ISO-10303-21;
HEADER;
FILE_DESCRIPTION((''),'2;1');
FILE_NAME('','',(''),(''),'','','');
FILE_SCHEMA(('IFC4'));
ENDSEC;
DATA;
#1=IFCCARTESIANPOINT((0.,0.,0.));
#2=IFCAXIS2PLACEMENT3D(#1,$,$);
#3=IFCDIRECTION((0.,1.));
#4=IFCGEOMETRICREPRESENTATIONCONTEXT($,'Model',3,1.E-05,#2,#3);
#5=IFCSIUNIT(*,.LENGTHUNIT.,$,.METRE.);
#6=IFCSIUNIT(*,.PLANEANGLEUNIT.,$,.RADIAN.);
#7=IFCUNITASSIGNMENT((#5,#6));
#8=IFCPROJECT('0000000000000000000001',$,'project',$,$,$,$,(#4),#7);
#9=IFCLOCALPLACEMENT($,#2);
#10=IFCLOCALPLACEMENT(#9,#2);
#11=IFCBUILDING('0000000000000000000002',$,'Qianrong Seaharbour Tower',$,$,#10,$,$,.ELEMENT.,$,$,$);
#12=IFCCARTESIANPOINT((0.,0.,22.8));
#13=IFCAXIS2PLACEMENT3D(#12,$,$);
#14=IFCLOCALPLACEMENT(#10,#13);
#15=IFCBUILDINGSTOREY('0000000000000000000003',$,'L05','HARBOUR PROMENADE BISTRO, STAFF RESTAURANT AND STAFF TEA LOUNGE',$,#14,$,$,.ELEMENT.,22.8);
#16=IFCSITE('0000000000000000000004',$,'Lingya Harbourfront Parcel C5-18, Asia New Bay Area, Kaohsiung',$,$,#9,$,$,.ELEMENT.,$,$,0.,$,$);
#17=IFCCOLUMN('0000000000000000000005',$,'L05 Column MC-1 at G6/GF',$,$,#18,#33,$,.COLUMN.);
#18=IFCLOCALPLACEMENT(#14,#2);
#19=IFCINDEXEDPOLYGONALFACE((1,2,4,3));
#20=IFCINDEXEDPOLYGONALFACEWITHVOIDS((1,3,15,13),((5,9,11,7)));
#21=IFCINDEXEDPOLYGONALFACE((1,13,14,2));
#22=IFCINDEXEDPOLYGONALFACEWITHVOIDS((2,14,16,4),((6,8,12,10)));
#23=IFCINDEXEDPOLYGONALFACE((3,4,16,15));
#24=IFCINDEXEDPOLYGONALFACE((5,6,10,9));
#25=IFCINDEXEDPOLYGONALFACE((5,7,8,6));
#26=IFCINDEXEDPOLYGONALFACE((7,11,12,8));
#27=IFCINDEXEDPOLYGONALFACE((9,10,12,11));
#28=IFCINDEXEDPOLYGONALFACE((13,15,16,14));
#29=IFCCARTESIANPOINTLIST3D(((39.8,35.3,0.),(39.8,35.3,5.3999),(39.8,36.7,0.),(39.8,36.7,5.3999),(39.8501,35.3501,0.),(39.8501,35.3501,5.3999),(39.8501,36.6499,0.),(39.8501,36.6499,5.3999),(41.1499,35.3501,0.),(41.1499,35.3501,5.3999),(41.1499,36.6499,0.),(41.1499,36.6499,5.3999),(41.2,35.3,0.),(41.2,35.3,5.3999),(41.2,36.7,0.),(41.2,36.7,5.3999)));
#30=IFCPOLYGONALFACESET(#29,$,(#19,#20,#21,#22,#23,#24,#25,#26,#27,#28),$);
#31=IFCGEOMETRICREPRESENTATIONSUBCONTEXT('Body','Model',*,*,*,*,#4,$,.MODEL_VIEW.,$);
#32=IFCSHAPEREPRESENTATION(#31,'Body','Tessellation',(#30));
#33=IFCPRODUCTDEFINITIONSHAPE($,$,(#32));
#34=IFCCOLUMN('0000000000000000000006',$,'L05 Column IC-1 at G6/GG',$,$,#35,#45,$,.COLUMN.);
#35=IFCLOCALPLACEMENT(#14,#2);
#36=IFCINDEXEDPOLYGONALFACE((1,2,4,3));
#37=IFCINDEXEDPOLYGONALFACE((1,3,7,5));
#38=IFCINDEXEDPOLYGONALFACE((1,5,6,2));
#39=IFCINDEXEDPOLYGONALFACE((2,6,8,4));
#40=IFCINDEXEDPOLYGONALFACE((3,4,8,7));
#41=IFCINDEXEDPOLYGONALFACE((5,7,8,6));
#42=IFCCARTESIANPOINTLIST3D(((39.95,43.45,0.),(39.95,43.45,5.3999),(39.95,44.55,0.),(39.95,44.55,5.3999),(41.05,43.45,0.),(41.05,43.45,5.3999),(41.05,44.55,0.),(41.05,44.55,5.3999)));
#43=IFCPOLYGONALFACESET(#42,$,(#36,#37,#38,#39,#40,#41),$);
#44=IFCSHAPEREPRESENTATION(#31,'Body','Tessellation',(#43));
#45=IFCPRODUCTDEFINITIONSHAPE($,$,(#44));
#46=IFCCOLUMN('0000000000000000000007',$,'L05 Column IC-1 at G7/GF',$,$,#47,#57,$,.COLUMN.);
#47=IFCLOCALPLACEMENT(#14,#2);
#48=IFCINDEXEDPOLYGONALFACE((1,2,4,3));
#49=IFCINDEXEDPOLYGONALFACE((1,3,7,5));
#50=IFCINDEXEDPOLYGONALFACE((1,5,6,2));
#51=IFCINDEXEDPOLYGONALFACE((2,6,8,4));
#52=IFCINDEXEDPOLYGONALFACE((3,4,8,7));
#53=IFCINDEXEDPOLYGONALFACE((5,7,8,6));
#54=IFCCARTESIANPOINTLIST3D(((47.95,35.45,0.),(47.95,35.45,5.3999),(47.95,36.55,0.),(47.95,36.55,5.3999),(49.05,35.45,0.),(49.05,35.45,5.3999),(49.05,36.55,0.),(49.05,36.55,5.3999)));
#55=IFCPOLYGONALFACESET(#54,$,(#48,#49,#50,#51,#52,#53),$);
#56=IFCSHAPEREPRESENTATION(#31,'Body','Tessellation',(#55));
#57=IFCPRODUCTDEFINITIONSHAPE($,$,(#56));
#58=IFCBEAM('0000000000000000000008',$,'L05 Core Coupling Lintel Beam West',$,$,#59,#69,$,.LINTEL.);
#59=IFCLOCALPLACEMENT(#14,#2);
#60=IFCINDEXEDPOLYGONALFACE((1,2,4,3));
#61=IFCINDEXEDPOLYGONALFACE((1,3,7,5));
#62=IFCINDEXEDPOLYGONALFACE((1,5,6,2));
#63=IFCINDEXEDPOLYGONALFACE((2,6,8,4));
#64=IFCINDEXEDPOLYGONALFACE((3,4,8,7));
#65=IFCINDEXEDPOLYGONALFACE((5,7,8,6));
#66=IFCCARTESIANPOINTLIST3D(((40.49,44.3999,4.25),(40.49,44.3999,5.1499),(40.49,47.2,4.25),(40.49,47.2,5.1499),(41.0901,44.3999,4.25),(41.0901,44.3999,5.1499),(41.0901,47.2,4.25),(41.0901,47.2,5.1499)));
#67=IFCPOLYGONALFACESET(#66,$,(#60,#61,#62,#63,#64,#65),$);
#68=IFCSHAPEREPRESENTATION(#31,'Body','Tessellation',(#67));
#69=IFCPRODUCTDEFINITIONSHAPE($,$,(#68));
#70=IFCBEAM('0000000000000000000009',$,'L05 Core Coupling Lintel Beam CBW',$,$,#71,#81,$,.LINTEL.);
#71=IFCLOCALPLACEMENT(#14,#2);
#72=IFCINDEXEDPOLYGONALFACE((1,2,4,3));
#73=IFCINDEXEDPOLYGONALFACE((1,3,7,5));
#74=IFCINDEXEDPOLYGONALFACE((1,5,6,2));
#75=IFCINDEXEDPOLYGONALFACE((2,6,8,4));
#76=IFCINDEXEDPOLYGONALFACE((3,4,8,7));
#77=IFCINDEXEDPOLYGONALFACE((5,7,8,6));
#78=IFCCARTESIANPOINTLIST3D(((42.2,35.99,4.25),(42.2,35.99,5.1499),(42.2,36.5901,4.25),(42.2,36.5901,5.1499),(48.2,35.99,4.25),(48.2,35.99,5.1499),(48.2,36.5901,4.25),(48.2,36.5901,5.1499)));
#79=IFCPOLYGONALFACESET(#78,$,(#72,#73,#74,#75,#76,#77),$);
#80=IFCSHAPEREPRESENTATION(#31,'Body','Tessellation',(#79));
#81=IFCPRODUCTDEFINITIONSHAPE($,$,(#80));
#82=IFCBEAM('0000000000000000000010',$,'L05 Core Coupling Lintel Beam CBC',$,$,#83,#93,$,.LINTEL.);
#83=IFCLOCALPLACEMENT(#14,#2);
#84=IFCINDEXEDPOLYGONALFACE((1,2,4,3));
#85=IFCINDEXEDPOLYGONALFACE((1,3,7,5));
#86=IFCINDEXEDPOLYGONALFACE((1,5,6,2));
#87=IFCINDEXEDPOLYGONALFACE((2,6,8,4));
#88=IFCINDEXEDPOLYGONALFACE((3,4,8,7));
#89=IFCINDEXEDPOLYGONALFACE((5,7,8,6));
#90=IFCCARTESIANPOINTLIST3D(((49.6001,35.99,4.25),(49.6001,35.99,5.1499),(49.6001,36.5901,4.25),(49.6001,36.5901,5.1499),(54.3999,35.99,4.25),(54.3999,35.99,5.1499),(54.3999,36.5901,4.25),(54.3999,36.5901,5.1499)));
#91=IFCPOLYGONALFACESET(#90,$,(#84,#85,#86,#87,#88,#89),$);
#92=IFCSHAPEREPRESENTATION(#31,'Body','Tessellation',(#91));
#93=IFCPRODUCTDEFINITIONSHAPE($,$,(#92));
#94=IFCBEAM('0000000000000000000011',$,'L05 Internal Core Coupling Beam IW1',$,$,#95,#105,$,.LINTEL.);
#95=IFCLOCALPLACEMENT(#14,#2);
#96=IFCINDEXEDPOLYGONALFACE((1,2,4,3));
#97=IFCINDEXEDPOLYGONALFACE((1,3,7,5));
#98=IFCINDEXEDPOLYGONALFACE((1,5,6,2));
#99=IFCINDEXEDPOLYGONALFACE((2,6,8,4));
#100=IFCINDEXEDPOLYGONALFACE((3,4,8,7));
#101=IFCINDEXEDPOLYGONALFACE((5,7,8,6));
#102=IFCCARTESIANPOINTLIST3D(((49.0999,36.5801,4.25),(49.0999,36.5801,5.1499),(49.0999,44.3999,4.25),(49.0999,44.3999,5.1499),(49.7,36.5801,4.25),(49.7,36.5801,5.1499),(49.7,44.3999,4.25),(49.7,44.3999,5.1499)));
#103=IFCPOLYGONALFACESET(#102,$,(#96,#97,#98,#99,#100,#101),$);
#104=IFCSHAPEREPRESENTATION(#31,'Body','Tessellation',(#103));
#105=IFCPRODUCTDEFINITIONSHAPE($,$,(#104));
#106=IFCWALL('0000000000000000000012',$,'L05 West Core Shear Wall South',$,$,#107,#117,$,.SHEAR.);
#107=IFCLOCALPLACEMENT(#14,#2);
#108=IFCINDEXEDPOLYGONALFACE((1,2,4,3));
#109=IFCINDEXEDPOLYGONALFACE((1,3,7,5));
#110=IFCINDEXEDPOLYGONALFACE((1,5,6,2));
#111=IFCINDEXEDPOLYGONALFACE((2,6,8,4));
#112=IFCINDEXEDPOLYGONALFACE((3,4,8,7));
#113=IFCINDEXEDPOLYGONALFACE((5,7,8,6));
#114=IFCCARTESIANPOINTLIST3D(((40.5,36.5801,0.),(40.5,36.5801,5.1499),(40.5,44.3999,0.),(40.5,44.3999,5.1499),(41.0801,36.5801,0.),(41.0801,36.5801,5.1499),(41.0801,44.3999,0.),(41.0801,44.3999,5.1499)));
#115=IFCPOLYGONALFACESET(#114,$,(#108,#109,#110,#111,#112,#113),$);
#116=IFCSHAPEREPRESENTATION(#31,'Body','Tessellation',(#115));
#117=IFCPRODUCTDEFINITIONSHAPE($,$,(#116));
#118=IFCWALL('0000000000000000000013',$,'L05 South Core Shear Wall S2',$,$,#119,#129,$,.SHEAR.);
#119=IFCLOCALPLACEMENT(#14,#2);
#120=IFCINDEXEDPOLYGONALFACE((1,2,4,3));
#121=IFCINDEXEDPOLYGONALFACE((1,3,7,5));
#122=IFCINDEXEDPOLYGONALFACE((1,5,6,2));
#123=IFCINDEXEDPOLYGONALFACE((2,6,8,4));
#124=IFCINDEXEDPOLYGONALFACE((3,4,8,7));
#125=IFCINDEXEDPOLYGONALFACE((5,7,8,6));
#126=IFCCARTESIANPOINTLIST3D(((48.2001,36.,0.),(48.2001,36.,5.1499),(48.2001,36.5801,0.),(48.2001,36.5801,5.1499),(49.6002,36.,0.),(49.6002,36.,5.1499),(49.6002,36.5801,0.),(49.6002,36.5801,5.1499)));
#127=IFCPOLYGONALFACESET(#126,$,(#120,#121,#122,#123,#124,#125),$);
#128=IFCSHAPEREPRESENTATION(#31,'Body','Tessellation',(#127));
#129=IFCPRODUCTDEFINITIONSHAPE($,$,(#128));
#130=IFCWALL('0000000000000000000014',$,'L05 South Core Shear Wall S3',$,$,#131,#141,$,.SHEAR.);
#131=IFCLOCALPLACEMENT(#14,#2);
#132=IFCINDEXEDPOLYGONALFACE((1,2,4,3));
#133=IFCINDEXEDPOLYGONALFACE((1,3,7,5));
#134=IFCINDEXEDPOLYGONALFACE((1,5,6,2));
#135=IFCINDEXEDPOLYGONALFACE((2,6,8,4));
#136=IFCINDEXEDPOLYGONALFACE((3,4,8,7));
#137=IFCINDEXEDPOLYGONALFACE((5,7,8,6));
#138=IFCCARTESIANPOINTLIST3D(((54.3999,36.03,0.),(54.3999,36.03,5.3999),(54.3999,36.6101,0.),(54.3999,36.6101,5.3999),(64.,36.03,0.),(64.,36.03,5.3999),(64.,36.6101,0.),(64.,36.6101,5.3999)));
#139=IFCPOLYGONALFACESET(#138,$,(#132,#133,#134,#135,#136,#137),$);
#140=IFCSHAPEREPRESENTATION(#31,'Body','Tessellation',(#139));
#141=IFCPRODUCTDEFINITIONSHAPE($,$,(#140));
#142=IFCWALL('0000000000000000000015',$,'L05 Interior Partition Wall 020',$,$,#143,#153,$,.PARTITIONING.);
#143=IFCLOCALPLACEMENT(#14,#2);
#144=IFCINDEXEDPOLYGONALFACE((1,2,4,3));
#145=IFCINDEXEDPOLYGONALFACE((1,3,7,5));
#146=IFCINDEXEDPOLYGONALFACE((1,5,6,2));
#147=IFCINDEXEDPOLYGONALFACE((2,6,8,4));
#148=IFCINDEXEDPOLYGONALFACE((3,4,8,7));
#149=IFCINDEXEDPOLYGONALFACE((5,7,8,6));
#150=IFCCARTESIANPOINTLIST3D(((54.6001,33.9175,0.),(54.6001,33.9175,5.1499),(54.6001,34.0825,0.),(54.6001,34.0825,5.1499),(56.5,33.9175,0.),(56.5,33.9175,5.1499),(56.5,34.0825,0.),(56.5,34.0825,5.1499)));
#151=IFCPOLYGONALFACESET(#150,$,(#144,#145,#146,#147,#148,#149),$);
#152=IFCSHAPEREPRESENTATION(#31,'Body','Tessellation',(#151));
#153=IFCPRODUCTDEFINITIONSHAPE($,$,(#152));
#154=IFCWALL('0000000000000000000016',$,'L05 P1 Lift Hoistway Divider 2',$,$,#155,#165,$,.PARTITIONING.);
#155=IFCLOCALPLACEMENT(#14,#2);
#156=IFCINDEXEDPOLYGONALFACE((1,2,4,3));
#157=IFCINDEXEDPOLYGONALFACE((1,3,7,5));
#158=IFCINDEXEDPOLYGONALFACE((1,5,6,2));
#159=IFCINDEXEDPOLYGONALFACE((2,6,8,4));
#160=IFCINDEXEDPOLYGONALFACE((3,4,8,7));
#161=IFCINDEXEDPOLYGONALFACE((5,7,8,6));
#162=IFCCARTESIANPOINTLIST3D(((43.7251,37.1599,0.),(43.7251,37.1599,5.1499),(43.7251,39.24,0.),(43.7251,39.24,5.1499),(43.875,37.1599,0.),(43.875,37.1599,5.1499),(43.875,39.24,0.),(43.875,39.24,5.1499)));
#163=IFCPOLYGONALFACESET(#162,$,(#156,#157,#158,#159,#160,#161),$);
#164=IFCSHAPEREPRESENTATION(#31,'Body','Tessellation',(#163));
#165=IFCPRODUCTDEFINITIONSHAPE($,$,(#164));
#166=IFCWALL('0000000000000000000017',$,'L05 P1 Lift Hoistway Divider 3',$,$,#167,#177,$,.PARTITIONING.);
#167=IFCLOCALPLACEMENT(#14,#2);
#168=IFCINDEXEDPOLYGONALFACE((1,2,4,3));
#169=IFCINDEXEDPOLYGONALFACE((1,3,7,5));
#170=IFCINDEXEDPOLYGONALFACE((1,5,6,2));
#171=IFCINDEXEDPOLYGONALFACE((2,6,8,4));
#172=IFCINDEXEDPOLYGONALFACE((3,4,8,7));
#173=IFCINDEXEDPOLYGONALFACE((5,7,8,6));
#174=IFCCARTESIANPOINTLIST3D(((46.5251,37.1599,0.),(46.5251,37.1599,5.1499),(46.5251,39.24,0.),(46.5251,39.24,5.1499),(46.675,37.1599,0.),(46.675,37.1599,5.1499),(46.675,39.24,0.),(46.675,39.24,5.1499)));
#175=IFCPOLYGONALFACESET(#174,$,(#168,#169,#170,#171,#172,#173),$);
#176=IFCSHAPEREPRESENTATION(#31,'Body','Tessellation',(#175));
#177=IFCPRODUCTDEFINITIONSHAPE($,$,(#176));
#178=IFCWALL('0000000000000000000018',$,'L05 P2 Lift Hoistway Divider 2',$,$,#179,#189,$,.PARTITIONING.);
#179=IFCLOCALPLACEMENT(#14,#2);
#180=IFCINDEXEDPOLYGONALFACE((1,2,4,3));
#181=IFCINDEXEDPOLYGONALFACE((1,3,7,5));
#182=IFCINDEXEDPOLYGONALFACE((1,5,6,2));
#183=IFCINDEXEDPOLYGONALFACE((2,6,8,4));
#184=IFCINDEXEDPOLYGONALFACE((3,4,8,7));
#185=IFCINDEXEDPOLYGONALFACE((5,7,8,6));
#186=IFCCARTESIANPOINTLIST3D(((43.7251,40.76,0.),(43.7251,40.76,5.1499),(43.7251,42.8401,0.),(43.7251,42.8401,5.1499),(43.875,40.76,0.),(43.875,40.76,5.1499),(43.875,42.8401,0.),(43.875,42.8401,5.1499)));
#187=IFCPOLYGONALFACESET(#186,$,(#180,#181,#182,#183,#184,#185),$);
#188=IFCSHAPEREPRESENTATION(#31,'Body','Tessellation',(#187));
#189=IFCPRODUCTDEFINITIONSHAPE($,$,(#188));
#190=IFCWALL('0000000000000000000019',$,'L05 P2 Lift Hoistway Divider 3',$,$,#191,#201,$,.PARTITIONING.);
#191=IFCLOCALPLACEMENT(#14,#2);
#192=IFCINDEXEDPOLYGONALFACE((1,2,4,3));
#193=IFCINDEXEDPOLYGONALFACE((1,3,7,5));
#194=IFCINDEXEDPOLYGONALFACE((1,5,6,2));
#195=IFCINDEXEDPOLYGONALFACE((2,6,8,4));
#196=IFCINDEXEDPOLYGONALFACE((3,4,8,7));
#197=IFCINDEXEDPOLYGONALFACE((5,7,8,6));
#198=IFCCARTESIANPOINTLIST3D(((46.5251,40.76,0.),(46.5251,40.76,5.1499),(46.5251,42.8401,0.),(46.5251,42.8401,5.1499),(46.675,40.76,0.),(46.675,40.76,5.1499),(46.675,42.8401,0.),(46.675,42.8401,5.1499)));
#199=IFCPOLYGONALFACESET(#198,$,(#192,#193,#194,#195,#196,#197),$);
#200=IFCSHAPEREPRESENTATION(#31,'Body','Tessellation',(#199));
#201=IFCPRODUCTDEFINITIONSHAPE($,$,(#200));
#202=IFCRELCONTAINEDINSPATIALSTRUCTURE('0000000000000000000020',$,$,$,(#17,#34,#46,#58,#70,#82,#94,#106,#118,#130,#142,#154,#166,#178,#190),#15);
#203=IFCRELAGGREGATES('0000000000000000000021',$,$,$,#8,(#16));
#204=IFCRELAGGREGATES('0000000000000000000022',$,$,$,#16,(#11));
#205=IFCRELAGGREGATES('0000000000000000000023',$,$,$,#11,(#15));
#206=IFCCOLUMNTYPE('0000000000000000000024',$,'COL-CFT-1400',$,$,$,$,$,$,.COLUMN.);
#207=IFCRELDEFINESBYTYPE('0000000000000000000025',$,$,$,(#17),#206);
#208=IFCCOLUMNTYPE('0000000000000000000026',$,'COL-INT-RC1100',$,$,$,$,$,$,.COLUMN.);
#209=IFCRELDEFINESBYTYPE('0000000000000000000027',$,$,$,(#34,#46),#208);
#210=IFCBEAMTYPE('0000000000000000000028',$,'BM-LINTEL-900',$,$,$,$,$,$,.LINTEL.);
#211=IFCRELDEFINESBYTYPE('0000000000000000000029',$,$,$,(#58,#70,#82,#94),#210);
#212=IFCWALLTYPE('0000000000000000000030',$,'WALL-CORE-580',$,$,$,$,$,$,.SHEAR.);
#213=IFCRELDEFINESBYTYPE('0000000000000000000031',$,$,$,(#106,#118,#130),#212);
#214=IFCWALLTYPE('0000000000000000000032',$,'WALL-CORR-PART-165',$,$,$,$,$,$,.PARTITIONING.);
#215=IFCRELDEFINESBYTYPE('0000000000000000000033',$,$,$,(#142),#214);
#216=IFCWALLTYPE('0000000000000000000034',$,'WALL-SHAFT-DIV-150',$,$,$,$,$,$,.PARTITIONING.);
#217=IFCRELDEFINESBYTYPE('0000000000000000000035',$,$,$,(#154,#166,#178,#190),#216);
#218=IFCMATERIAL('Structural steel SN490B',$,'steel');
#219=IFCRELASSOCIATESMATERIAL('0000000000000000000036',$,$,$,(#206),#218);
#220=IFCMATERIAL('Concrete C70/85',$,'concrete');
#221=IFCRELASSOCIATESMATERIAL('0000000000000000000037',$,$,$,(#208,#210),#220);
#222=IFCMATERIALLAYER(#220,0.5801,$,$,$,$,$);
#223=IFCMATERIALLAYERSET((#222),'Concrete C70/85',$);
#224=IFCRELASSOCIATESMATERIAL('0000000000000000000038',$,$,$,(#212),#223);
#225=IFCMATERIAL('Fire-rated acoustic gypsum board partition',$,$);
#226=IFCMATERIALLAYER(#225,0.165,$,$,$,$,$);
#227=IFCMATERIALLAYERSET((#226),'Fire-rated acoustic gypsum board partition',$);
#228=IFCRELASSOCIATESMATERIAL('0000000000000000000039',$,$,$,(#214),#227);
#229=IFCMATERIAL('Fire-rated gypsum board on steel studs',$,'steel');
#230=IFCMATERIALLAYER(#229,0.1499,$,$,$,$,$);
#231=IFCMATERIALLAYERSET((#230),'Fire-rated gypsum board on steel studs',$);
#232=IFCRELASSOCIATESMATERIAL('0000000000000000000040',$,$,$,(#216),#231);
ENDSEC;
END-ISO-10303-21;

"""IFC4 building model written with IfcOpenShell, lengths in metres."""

from ifc_helpers import new_model, si_unit, direction, frame, frame_2d, origin, origin_2d, place, context, subcontext, project, spatial, rectangle, hollow_rectangle, extrude, material, layer, layer_set, material_profile, profile_set, type_object, element, save


model = new_model("IFC4")

# Units and contexts
model_context = context("Model", 3, precision=1e-05, world=origin(), true_north=direction((0.0, 1.0)))
body_context = subcontext(model_context, "Body", "Model", "MODEL_VIEW")
ifc_project = project(units=[si_unit("LENGTHUNIT", "METRE"), si_unit("PLANEANGLEUNIT", "RADIAN")], contexts=[model_context])

# Site, building, storey
site_placement = place(None, origin())
site = spatial("IfcSite", under=ifc_project, at=site_placement, Name="Lingya Harbourfront Parcel C5-18, Asia New Bay Area, Kaohsiung", CompositionType="ELEMENT", RefElevation=0.0)
building_placement = place(site_placement, origin())
building = spatial("IfcBuilding", under=site, at=building_placement, Name="Qianrong Seaharbour Tower", CompositionType="ELEMENT")
storey_placement = place(building_placement, frame((0.0, 0.0, 22.8)))
storey = spatial("IfcBuildingStorey", under=building, at=storey_placement, Name="L05", Description="HARBOUR PROMENADE BISTRO, STAFF RESTAURANT AND STAFF TEA LOUNGE", CompositionType="ELEMENT", Elevation=22.8)

# Columns
ifc_material_1 = material(Name="Structural steel SN490B", Category="steel")
ifc_material_profile_1 = material_profile(ifc_material_1, hollow_rectangle(XDim=1.3999, YDim=1.3999, WallThickness=0.05, at=origin_2d()), Name="BOX1400x1400x50")
ifc_profile_set_1 = profile_set([ifc_material_profile_1], Name="Structural steel SN490B")
column_type_1 = type_object("IfcColumnType", Name="COL-CFT-1400", PredefinedType="COLUMN", material=ifc_profile_set_1)
column_placement = place(storey_placement, frame((40.5, 36.0, 0.0), z_axis=(0.0, 0.0, 1.0), x_axis=(1.0, 0.0, 0.0)))
element("IfcColumn", 1, at=column_placement, inside=storey, type_object=column_type_1, Name="L05 Column MC-1 at G6/GF", PredefinedType="COLUMN", context=body_context, shape_type="SweptSolid", body=[
    extrude(hollow_rectangle(XDim=1.3999, YDim=1.3999, WallThickness=0.05, at=origin_2d()), origin(), (0.0, 0.0, 1.0), 5.3999),
])
ifc_material_2 = material(Name="Concrete C70/85", Category="concrete")
ifc_material_profile_2 = material_profile(ifc_material_2, rectangle(XDim=1.1001, YDim=1.1001, at=origin_2d()), Name="RC1100x1100")
ifc_profile_set_2 = profile_set([ifc_material_profile_2], Name="Concrete C70/85")
column_type_2 = type_object("IfcColumnType", Name="COL-INT-RC1100", PredefinedType="COLUMN", material=ifc_profile_set_2)
for number, where, z_axis, x_axis, name in (
    (2, (40.5, 44.0, 0.0), (0.0, 0.0, 1.0), (1.0, 0.0, 0.0), "L05 Column IC-1 at G6/GG"),
    (3, (48.5, 36.0, 0.0), (0.0, 0.0, 1.0), (1.0, 0.0, 0.0), "L05 Column IC-1 at G7/GF"),
):
    element("IfcColumn", number, at=place(storey_placement, frame(where, z_axis=z_axis, x_axis=x_axis)), inside=storey, type_object=column_type_2, Name=name, PredefinedType="COLUMN", context=body_context, shape_type="SweptSolid", body=[
        extrude(rectangle(XDim=1.1001, YDim=1.1001, at=origin_2d()), origin(), (0.0, 0.0, 1.0), 5.3999),
    ])

# Beams
ifc_material_profile_3 = material_profile(ifc_material_2, rectangle(XDim=0.6001, YDim=0.8999, at=origin_2d()), Name="RC600x900")
ifc_profile_set_3 = profile_set([ifc_material_profile_3], Name="Concrete C70/85")
beam_type = type_object("IfcBeamType", Name="BM-LINTEL-900", PredefinedType="LINTEL", material=ifc_profile_set_3)
beam_1_placement = place(storey_placement, frame((40.79, 44.3999, 4.7), z_axis=(0.0, 1.0, 0.0), x_axis=(-1.0, 0.0, 0.0)))
element("IfcBeam", 4, at=beam_1_placement, inside=storey, type_object=beam_type, Name="L05 Core Coupling Lintel Beam West", PredefinedType="LINTEL", context=body_context, shape_type="SweptSolid", body=[
    extrude(rectangle(XDim=0.6001, YDim=0.8999, at=origin_2d()), origin(), (0.0, 0.0, 1.0), 2.8),
])
beam_2_placement = place(storey_placement, frame((42.2, 36.29, 4.7), z_axis=(1.0, 0.0, 0.0), x_axis=(0.0, 1.0, 0.0)))
element("IfcBeam", 5, at=beam_2_placement, inside=storey, type_object=beam_type, Name="L05 Core Coupling Lintel Beam CBW", PredefinedType="LINTEL", context=body_context, shape_type="SweptSolid", body=[
    extrude(rectangle(XDim=0.6001, YDim=0.8999, at=origin_2d()), origin(), (0.0, 0.0, 1.0), 6.0),
])
beam_3_placement = place(storey_placement, frame((49.6001, 36.29, 4.7), z_axis=(1.0, 0.0, 0.0), x_axis=(0.0, 1.0, 0.0)))
element("IfcBeam", 6, at=beam_3_placement, inside=storey, type_object=beam_type, Name="L05 Core Coupling Lintel Beam CBC", PredefinedType="LINTEL", context=body_context, shape_type="SweptSolid", body=[
    extrude(rectangle(XDim=0.6001, YDim=0.8999, at=origin_2d()), origin(), (0.0, 0.0, 1.0), 4.7998),
])
beam_4_placement = place(storey_placement, frame((49.3999, 36.5801, 4.7), z_axis=(0.0, 1.0, 0.0), x_axis=(-1.0, 0.0, 0.0)))
element("IfcBeam", 7, at=beam_4_placement, inside=storey, type_object=beam_type, Name="L05 Internal Core Coupling Beam IW1", PredefinedType="LINTEL", context=body_context, shape_type="SweptSolid", body=[
    extrude(rectangle(XDim=0.6001, YDim=0.8999, at=origin_2d()), origin(), (0.0, 0.0, 1.0), 7.8198),
])

# Walls
ifc_layer_1 = layer(ifc_material_2, 0.5801)
ifc_layer_set_1 = layer_set([ifc_layer_1], Name="Concrete C70/85")
wall_type_1 = type_object("IfcWallType", Name="WALL-CORE-580", PredefinedType="SHEAR", material=ifc_layer_set_1)
wall_1_placement = place(storey_placement, frame((40.79, 36.5801, 0.0), z_axis=(0.0, 0.0, 1.0), x_axis=(0.0, 1.0, 0.0)))
element("IfcWall", 8, at=wall_1_placement, inside=storey, type_object=wall_type_1, Name="L05 West Core Shear Wall South", PredefinedType="SHEAR", context=body_context, shape_type="SweptSolid", body=[
    extrude(rectangle(XDim=7.8198, YDim=0.5801, at=frame_2d((3.9099, 0.0))), origin(), (0.0, 0.0, 1.0), 5.1499),
])
wall_2_placement = place(storey_placement, frame((48.2, 36.29, 0.0), z_axis=(0.0, 0.0, 1.0), x_axis=(1.0, 0.0, 0.0)))
element("IfcWall", 9, at=wall_2_placement, inside=storey, type_object=wall_type_1, Name="L05 South Core Shear Wall S2", PredefinedType="SHEAR", context=body_context, shape_type="SweptSolid", body=[
    extrude(rectangle(XDim=1.4001, YDim=0.5801, at=frame_2d((0.7002, 0.0))), origin(), (0.0, 0.0, 1.0), 5.1499),
])
wall_3_placement = place(storey_placement, frame((54.3999, 36.3201, 0.0), z_axis=(0.0, 0.0, 1.0), x_axis=(1.0, 0.0, 0.0)))
element("IfcWall", 10, at=wall_3_placement, inside=storey, type_object=wall_type_1, Name="L05 South Core Shear Wall S3", PredefinedType="SHEAR", context=body_context, shape_type="SweptSolid", body=[
    extrude(rectangle(XDim=9.6001, YDim=0.5801, at=frame_2d((4.8, 0.0))), origin(), (0.0, 0.0, 1.0), 5.3999),
])
ifc_material_3 = material(Name="Fire-rated acoustic gypsum board partition")
ifc_layer_2 = layer(ifc_material_3, 0.165)
ifc_layer_set_2 = layer_set([ifc_layer_2], Name="Fire-rated acoustic gypsum board partition")
wall_type_2 = type_object("IfcWallType", Name="WALL-CORR-PART-165", PredefinedType="PARTITIONING", material=ifc_layer_set_2)
wall_4_placement = place(storey_placement, frame((54.6001, 34.0, 0.0), z_axis=(0.0, 0.0, 1.0), x_axis=(1.0, 0.0, 0.0)))
element("IfcWall", 11, at=wall_4_placement, inside=storey, type_object=wall_type_2, Name="L05 Interior Partition Wall 020", PredefinedType="PARTITIONING", context=body_context, shape_type="SweptSolid", body=[
    extrude(rectangle(XDim=1.8999, YDim=0.165, at=frame_2d((0.95, 0.0))), origin(), (0.0, 0.0, 1.0), 5.1499),
])
ifc_material_4 = material(Name="Fire-rated gypsum board on steel studs", Category="steel")
ifc_layer_3 = layer(ifc_material_4, 0.1499)
ifc_layer_set_3 = layer_set([ifc_layer_3], Name="Fire-rated gypsum board on steel studs")
wall_type_3 = type_object("IfcWallType", Name="WALL-SHAFT-DIV-150", PredefinedType="PARTITIONING", material=ifc_layer_set_3)
for number, where, z_axis, x_axis, name in (
    (12, (43.8, 37.1599, 0.0), (0.0, 0.0, 1.0), (0.0, 1.0, 0.0), "L05 P1 Lift Hoistway Divider 2"),
    (13, (46.6001, 37.1599, 0.0), (0.0, 0.0, 1.0), (0.0, 1.0, 0.0), "L05 P1 Lift Hoistway Divider 3"),
    (14, (43.8, 40.76, 0.0), (0.0, 0.0, 1.0), (0.0, 1.0, 0.0), "L05 P2 Lift Hoistway Divider 2"),
    (15, (46.6001, 40.76, 0.0), (0.0, 0.0, 1.0), (0.0, 1.0, 0.0), "L05 P2 Lift Hoistway Divider 3"),
):
    element("IfcWall", number, at=place(storey_placement, frame(where, z_axis=z_axis, x_axis=x_axis)), inside=storey, type_object=wall_type_3, Name=name, PredefinedType="PARTITIONING", context=body_context, shape_type="SweptSolid", body=[
        extrude(rectangle(XDim=2.0801, YDim=0.1499, at=frame_2d((1.04, 0.0))), origin(), (0.0, 0.0, 1.0), 5.1499),
    ])

save(model, "model.ifc")
